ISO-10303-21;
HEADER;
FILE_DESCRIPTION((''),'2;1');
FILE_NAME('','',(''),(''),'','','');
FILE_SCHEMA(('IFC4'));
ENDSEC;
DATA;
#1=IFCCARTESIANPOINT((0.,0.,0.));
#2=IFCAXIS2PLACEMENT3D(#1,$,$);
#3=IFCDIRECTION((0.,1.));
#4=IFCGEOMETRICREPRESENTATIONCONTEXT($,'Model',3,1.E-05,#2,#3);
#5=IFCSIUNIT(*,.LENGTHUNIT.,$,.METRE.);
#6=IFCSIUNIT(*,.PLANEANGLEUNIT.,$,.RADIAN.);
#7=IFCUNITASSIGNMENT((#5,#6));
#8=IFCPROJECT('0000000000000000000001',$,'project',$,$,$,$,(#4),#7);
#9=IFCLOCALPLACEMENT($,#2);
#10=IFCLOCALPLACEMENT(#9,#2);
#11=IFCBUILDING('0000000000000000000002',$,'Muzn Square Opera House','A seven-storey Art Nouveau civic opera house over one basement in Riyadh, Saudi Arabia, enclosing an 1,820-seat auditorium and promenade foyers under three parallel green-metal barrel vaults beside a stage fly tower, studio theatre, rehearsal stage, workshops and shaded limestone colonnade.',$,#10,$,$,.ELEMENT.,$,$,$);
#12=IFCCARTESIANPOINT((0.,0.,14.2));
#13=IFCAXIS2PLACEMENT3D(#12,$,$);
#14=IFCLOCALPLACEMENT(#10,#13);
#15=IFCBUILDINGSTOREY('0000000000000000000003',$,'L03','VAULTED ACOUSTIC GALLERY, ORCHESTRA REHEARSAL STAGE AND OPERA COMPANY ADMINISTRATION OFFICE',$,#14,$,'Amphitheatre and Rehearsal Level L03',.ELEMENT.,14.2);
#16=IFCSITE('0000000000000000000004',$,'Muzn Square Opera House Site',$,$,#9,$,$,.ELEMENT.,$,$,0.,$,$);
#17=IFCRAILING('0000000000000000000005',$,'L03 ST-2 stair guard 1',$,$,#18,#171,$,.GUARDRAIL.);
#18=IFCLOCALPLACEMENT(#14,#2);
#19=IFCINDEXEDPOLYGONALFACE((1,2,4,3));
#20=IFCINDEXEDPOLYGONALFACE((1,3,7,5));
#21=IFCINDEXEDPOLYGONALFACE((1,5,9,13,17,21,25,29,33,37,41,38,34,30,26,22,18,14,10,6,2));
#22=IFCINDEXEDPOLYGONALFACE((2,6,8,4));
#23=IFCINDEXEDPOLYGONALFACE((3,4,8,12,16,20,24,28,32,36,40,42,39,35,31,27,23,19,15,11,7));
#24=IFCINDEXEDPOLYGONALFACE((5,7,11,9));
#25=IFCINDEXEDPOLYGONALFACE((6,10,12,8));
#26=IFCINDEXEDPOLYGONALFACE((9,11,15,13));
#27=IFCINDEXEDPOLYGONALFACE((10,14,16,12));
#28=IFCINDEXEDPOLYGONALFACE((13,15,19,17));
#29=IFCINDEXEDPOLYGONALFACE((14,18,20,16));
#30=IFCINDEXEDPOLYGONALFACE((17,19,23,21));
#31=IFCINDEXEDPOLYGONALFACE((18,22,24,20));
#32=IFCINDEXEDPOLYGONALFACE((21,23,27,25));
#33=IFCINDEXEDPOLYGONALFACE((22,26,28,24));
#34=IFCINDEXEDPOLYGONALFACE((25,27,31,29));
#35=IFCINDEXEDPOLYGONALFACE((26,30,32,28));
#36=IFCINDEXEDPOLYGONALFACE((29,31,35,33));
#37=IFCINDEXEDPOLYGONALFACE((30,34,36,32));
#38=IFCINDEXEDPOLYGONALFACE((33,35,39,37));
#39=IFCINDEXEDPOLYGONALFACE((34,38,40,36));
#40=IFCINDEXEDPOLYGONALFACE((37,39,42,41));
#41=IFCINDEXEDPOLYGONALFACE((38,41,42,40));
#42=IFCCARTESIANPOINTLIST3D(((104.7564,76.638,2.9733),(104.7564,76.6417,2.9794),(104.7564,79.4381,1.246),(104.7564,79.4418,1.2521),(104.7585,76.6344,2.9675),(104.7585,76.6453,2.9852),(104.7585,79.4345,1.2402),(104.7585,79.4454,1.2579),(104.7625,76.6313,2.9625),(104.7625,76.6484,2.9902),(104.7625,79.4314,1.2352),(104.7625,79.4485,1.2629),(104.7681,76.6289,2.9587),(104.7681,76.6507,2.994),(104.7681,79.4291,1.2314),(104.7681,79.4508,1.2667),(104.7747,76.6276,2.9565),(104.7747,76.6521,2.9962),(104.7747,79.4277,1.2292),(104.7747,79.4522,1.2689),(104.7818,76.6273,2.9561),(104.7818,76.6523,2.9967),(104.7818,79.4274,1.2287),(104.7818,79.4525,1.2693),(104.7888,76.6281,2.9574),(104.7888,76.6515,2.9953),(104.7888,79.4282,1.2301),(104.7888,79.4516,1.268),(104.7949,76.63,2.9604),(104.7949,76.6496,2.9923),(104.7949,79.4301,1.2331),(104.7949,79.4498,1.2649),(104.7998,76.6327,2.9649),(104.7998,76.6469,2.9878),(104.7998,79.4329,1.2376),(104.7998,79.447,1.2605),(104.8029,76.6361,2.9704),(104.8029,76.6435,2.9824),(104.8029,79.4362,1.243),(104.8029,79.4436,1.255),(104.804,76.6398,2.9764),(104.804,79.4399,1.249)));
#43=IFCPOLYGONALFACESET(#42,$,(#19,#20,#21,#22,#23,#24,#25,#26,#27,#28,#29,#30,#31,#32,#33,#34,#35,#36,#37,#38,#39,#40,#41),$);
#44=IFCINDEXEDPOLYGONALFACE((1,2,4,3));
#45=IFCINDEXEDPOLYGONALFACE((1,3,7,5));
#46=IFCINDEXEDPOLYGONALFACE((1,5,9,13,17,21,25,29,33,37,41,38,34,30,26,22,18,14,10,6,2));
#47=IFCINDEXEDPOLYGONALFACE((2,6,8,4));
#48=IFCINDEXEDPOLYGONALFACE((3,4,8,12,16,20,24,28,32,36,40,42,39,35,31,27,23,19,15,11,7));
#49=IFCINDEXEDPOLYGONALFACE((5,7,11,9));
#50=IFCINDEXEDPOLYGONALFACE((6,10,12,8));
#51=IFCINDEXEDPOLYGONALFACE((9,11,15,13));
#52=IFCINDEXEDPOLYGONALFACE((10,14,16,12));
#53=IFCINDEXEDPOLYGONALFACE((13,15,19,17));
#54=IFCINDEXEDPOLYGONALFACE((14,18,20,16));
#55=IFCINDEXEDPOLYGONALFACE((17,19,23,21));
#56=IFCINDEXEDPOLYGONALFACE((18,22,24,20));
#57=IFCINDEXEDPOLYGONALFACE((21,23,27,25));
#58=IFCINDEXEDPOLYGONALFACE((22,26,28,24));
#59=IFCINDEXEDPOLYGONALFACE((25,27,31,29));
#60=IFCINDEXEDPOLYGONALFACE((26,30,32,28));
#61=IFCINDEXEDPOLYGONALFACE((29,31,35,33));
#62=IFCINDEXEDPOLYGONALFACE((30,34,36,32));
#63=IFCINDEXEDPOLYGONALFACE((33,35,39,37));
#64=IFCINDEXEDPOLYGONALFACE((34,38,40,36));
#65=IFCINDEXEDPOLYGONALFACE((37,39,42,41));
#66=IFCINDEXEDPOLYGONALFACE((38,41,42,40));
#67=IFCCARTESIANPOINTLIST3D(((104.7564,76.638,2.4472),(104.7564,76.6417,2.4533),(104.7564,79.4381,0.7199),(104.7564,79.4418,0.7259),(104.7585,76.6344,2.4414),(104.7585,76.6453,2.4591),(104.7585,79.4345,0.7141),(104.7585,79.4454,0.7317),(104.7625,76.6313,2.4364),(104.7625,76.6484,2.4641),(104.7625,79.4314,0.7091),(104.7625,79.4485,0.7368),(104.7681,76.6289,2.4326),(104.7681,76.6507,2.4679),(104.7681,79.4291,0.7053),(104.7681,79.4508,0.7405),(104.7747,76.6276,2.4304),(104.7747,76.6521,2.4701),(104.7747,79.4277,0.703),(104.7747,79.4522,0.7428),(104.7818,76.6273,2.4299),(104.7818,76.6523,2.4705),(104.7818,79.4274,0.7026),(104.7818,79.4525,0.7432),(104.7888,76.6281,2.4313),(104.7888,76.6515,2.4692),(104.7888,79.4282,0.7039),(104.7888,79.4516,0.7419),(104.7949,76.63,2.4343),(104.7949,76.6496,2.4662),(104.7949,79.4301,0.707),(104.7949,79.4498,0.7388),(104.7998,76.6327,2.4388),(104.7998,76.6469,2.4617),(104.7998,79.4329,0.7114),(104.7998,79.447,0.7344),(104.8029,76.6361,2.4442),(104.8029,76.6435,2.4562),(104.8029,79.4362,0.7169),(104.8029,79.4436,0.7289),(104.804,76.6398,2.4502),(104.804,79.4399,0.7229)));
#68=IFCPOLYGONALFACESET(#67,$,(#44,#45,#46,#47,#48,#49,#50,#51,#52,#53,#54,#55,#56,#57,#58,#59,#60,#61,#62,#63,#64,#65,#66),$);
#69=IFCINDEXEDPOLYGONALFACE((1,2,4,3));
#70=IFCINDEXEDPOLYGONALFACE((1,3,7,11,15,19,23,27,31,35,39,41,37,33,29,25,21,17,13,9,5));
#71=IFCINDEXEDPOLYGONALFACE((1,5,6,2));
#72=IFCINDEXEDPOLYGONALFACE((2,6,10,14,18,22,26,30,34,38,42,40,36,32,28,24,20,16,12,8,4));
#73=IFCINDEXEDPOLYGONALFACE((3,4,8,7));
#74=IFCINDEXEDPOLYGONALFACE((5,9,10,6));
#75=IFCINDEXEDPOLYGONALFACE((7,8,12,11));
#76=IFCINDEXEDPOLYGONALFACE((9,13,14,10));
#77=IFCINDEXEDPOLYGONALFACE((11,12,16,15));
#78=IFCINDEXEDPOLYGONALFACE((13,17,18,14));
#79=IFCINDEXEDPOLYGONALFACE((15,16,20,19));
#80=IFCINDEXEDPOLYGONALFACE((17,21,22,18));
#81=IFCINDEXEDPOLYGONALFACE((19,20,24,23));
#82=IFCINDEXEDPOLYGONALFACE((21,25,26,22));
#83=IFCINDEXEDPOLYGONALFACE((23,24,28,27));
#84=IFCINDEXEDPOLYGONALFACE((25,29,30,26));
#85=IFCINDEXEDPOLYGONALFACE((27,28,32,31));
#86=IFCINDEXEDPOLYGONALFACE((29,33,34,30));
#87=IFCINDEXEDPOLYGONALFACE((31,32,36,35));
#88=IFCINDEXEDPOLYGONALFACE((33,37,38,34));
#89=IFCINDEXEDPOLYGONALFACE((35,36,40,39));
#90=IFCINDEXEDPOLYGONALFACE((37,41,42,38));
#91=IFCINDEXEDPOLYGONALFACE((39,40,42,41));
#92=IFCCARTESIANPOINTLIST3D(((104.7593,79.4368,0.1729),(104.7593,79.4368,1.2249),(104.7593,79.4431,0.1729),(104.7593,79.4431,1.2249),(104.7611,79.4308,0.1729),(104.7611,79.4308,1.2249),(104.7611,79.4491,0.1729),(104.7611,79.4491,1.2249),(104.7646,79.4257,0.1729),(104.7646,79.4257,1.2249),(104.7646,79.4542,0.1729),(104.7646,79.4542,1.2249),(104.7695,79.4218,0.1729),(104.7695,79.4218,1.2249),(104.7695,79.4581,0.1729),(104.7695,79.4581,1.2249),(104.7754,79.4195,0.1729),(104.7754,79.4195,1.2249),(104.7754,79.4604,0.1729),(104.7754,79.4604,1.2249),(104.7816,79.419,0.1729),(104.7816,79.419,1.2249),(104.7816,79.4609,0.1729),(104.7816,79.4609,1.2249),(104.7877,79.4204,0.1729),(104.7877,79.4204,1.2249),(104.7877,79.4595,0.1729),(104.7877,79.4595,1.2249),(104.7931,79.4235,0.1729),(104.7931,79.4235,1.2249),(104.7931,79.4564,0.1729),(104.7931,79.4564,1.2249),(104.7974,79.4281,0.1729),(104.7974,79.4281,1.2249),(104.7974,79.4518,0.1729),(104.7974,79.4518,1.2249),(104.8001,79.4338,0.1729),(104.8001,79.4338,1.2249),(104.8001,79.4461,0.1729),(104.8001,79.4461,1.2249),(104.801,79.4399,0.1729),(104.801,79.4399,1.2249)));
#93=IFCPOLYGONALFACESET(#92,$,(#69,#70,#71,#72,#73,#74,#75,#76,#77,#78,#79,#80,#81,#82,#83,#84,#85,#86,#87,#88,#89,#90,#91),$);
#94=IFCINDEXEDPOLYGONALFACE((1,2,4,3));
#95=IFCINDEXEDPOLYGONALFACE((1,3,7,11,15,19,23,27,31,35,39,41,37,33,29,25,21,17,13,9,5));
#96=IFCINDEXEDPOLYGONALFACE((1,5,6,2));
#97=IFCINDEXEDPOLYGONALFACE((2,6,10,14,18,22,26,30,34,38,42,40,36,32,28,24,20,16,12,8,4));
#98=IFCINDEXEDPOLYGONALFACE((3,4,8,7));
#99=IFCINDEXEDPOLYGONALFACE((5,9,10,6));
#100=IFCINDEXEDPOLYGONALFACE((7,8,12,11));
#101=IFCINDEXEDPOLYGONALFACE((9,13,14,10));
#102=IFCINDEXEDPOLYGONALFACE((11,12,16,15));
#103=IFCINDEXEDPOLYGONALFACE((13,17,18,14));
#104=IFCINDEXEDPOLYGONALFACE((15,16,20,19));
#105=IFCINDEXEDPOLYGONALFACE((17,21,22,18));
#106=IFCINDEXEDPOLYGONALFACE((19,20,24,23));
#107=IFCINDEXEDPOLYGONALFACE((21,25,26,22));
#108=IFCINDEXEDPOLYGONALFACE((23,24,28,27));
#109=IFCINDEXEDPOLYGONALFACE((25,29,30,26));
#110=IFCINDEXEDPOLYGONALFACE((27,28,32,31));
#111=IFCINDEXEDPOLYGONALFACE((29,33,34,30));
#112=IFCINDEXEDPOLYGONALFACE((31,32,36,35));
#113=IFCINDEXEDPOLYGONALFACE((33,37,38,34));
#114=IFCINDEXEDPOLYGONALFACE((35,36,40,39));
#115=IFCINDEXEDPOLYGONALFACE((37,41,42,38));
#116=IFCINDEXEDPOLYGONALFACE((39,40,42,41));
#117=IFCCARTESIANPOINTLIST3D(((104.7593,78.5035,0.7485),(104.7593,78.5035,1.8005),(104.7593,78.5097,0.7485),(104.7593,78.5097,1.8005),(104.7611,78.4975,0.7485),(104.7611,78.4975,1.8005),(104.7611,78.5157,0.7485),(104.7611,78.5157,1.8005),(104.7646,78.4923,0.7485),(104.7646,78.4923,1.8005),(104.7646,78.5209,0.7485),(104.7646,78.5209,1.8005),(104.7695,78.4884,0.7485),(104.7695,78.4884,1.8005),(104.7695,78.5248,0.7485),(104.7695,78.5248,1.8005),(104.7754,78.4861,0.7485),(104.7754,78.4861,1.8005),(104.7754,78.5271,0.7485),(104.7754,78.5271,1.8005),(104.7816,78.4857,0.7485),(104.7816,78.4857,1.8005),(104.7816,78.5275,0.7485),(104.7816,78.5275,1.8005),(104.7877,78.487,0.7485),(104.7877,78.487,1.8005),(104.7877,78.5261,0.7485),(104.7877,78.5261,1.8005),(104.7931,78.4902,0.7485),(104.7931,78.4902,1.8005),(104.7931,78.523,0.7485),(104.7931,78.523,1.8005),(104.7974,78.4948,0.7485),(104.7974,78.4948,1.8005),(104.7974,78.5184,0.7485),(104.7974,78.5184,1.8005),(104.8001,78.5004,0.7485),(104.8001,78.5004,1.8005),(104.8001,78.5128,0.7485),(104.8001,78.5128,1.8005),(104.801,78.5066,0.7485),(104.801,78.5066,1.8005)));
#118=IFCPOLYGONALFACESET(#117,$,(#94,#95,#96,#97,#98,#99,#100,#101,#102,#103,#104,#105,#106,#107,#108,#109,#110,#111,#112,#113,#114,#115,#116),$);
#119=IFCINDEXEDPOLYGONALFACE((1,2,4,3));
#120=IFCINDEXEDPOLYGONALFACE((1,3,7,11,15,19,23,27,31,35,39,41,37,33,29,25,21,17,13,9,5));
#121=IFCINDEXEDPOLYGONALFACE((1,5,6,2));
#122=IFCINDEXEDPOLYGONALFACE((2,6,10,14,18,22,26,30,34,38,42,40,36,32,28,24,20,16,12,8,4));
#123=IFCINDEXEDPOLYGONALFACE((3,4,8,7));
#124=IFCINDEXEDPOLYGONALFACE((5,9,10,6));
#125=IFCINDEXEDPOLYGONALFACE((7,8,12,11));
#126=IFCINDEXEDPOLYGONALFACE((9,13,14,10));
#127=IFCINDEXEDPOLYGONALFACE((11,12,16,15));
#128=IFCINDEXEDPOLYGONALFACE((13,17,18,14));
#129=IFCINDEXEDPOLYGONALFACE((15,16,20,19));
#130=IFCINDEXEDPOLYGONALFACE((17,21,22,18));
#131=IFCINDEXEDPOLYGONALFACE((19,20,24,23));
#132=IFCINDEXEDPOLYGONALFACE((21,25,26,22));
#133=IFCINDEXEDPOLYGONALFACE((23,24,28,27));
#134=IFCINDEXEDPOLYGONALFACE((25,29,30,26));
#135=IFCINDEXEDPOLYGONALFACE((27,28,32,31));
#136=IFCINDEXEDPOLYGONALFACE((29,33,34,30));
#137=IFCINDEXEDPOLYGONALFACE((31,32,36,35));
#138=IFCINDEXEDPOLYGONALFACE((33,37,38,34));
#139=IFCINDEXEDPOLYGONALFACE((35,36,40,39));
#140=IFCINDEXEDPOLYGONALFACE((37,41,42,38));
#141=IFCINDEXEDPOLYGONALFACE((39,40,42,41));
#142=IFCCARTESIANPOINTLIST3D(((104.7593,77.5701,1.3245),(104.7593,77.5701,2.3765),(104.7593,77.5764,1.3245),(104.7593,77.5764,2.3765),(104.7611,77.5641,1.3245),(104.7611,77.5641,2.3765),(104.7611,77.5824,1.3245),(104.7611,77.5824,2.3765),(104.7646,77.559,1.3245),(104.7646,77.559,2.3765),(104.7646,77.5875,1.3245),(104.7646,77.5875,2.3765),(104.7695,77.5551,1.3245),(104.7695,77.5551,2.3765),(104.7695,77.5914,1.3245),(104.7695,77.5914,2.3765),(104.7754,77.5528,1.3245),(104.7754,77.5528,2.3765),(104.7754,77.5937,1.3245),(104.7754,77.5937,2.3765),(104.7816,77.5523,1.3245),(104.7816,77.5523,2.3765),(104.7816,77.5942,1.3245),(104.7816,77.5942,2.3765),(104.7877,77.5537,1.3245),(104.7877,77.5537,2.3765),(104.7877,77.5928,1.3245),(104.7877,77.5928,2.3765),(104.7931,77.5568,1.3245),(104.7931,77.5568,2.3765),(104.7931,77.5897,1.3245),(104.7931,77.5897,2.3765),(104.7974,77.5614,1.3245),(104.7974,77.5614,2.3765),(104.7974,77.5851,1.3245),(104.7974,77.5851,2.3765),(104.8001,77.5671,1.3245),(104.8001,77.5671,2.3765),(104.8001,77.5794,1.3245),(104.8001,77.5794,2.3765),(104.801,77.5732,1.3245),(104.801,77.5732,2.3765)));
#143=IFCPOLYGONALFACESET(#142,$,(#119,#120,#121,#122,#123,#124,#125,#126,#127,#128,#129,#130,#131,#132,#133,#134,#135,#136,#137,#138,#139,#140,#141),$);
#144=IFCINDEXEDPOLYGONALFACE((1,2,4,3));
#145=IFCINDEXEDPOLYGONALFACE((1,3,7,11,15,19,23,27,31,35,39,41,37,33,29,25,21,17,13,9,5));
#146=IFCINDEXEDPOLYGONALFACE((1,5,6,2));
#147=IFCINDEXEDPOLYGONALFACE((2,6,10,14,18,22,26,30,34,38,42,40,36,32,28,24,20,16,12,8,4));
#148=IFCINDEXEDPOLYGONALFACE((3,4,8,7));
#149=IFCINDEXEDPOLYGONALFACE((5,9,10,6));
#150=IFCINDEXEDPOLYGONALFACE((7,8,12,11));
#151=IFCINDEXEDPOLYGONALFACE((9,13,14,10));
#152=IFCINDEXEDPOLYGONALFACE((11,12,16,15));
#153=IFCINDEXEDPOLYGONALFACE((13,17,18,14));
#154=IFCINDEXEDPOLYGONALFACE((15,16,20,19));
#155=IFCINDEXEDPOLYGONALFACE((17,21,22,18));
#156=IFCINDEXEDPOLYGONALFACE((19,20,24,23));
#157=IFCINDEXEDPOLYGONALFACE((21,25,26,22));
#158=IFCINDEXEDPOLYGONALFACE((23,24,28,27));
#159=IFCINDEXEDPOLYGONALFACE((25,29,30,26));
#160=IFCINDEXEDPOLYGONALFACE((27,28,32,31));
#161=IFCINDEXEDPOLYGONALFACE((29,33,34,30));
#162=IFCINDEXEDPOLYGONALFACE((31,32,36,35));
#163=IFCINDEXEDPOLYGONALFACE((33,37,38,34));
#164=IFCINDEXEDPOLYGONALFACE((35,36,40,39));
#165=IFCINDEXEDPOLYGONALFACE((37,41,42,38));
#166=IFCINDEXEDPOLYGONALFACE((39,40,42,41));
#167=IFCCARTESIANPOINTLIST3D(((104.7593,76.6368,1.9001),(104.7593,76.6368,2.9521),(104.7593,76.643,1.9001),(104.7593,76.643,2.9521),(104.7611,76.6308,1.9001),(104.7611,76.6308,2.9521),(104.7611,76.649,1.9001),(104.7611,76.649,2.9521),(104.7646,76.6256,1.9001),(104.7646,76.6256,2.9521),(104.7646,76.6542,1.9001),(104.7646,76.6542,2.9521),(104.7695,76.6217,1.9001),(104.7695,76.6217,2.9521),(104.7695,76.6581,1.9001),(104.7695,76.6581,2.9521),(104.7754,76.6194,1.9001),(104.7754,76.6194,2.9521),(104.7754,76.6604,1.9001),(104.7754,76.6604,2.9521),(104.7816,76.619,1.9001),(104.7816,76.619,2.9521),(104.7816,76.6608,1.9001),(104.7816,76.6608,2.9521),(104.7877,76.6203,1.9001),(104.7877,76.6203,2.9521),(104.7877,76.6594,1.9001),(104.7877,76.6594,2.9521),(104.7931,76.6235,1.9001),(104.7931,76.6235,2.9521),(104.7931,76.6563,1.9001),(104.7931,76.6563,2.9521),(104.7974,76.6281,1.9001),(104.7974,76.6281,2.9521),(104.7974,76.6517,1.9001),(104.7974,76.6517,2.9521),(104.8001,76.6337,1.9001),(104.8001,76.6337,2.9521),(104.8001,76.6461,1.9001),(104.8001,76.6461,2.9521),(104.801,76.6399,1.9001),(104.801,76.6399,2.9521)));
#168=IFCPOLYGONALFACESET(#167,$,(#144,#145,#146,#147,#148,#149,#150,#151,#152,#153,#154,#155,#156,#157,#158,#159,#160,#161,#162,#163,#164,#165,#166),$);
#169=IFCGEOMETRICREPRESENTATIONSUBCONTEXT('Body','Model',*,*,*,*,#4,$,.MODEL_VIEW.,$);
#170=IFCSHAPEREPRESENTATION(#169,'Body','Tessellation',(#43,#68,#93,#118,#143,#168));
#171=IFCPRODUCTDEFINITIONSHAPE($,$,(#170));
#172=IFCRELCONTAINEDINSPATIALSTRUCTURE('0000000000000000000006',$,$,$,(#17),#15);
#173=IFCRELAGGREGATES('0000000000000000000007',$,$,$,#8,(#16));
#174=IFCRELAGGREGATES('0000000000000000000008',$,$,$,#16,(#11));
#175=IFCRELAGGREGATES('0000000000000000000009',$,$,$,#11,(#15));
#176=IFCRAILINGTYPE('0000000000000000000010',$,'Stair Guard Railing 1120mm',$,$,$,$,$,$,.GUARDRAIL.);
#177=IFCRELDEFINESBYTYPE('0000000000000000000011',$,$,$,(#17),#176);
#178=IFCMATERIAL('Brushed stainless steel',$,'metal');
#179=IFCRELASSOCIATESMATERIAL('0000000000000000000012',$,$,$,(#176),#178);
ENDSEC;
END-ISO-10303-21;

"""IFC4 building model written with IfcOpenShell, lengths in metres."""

from ifc_helpers import new_model, si_unit, direction, frame, origin, origin_2d, place, context, subcontext, project, spatial, circle, extrude, material, type_object, element, save


model = new_model("IFC4")

# Units and contexts
model_context = context("Model", 3, precision=1e-05, world=origin(), true_north=direction((0.0, 1.0)))
body_context = subcontext(model_context, "Body", "Model", "MODEL_VIEW")
ifc_project = project(units=[si_unit("LENGTHUNIT", "METRE"), si_unit("PLANEANGLEUNIT", "RADIAN")], contexts=[model_context])

# Site, building, storey
site_placement = place(None, origin())
site = spatial("IfcSite", under=ifc_project, at=site_placement, Name="Muzn Square Opera House Site", CompositionType="ELEMENT", RefElevation=0.0)
building_placement = place(site_placement, origin())
building = spatial("IfcBuilding", under=site, at=building_placement, Name="Muzn Square Opera House", Description="A seven-storey Art Nouveau civic opera house over one basement in Riyadh, Saudi Arabia, enclosing an 1,820-seat auditorium and promenade foyers under three parallel green-metal barrel vaults beside a stage fly tower, studio theatre, rehearsal stage, workshops and shaded limestone colonnade.", CompositionType="ELEMENT")
storey_placement = place(building_placement, frame((0.0, 0.0, 14.2)))
storey = spatial("IfcBuildingStorey", under=building, at=storey_placement, Name="L03", Description="VAULTED ACOUSTIC GALLERY, ORCHESTRA REHEARSAL STAGE AND OPERA COMPANY ADMINISTRATION OFFICE", LongName="Amphitheatre and Rehearsal Level L03", CompositionType="ELEMENT", Elevation=14.2)

# Shared definitions
ifc_material_1 = material(Name="Brushed stainless steel", Category="metal")

# Railing
railing_type_1 = type_object("IfcRailingType", Name="Stair Guard Railing 1120mm", PredefinedType="GUARDRAIL", material=ifc_material_1)
railing_1_placement = place(storey_placement, frame((104.78, 79.4399, 0.1729)))
element("IfcRailing", 1, at=railing_1_placement, inside=storey, type_object=railing_type_1, Name="L03 ST-2 stair guard 1", PredefinedType="GUARDRAIL", context=body_context, shape_type="SweptSolid", body=[
    extrude(circle(Radius=0.0239, at=origin_2d()), frame((0.0, 0.0, 1.0762), z_axis=(0.0, -0.85109, 0.52502), x_axis=(1.0, 0.0, 0.0)), (0.0, 0.0, 1.0), 3.29),
    extrude(circle(Radius=0.0239, at=origin_2d()), frame((0.0, 0.0, 0.55), z_axis=(0.0, -0.85109, 0.52502), x_axis=(1.0, 0.0, 0.0)), (0.0, 0.0, 1.0), 3.29),
    extrude(circle(Radius=0.021, at=origin_2d()), origin(), (0.0, 0.0, 1.0), 1.052),
    extrude(circle(Radius=0.021, at=origin_2d()), frame((0.0, -0.9333, 0.5757)), (0.0, 0.0, 1.0), 1.052),
    extrude(circle(Radius=0.021, at=origin_2d()), frame((0.0, -1.8667, 1.1516)), (0.0, 0.0, 1.0), 1.052),
    extrude(circle(Radius=0.021, at=origin_2d()), frame((0.0, -2.8, 1.7273)), (0.0, 0.0, 1.0), 1.052),
])

save(model, "model.ifc")
